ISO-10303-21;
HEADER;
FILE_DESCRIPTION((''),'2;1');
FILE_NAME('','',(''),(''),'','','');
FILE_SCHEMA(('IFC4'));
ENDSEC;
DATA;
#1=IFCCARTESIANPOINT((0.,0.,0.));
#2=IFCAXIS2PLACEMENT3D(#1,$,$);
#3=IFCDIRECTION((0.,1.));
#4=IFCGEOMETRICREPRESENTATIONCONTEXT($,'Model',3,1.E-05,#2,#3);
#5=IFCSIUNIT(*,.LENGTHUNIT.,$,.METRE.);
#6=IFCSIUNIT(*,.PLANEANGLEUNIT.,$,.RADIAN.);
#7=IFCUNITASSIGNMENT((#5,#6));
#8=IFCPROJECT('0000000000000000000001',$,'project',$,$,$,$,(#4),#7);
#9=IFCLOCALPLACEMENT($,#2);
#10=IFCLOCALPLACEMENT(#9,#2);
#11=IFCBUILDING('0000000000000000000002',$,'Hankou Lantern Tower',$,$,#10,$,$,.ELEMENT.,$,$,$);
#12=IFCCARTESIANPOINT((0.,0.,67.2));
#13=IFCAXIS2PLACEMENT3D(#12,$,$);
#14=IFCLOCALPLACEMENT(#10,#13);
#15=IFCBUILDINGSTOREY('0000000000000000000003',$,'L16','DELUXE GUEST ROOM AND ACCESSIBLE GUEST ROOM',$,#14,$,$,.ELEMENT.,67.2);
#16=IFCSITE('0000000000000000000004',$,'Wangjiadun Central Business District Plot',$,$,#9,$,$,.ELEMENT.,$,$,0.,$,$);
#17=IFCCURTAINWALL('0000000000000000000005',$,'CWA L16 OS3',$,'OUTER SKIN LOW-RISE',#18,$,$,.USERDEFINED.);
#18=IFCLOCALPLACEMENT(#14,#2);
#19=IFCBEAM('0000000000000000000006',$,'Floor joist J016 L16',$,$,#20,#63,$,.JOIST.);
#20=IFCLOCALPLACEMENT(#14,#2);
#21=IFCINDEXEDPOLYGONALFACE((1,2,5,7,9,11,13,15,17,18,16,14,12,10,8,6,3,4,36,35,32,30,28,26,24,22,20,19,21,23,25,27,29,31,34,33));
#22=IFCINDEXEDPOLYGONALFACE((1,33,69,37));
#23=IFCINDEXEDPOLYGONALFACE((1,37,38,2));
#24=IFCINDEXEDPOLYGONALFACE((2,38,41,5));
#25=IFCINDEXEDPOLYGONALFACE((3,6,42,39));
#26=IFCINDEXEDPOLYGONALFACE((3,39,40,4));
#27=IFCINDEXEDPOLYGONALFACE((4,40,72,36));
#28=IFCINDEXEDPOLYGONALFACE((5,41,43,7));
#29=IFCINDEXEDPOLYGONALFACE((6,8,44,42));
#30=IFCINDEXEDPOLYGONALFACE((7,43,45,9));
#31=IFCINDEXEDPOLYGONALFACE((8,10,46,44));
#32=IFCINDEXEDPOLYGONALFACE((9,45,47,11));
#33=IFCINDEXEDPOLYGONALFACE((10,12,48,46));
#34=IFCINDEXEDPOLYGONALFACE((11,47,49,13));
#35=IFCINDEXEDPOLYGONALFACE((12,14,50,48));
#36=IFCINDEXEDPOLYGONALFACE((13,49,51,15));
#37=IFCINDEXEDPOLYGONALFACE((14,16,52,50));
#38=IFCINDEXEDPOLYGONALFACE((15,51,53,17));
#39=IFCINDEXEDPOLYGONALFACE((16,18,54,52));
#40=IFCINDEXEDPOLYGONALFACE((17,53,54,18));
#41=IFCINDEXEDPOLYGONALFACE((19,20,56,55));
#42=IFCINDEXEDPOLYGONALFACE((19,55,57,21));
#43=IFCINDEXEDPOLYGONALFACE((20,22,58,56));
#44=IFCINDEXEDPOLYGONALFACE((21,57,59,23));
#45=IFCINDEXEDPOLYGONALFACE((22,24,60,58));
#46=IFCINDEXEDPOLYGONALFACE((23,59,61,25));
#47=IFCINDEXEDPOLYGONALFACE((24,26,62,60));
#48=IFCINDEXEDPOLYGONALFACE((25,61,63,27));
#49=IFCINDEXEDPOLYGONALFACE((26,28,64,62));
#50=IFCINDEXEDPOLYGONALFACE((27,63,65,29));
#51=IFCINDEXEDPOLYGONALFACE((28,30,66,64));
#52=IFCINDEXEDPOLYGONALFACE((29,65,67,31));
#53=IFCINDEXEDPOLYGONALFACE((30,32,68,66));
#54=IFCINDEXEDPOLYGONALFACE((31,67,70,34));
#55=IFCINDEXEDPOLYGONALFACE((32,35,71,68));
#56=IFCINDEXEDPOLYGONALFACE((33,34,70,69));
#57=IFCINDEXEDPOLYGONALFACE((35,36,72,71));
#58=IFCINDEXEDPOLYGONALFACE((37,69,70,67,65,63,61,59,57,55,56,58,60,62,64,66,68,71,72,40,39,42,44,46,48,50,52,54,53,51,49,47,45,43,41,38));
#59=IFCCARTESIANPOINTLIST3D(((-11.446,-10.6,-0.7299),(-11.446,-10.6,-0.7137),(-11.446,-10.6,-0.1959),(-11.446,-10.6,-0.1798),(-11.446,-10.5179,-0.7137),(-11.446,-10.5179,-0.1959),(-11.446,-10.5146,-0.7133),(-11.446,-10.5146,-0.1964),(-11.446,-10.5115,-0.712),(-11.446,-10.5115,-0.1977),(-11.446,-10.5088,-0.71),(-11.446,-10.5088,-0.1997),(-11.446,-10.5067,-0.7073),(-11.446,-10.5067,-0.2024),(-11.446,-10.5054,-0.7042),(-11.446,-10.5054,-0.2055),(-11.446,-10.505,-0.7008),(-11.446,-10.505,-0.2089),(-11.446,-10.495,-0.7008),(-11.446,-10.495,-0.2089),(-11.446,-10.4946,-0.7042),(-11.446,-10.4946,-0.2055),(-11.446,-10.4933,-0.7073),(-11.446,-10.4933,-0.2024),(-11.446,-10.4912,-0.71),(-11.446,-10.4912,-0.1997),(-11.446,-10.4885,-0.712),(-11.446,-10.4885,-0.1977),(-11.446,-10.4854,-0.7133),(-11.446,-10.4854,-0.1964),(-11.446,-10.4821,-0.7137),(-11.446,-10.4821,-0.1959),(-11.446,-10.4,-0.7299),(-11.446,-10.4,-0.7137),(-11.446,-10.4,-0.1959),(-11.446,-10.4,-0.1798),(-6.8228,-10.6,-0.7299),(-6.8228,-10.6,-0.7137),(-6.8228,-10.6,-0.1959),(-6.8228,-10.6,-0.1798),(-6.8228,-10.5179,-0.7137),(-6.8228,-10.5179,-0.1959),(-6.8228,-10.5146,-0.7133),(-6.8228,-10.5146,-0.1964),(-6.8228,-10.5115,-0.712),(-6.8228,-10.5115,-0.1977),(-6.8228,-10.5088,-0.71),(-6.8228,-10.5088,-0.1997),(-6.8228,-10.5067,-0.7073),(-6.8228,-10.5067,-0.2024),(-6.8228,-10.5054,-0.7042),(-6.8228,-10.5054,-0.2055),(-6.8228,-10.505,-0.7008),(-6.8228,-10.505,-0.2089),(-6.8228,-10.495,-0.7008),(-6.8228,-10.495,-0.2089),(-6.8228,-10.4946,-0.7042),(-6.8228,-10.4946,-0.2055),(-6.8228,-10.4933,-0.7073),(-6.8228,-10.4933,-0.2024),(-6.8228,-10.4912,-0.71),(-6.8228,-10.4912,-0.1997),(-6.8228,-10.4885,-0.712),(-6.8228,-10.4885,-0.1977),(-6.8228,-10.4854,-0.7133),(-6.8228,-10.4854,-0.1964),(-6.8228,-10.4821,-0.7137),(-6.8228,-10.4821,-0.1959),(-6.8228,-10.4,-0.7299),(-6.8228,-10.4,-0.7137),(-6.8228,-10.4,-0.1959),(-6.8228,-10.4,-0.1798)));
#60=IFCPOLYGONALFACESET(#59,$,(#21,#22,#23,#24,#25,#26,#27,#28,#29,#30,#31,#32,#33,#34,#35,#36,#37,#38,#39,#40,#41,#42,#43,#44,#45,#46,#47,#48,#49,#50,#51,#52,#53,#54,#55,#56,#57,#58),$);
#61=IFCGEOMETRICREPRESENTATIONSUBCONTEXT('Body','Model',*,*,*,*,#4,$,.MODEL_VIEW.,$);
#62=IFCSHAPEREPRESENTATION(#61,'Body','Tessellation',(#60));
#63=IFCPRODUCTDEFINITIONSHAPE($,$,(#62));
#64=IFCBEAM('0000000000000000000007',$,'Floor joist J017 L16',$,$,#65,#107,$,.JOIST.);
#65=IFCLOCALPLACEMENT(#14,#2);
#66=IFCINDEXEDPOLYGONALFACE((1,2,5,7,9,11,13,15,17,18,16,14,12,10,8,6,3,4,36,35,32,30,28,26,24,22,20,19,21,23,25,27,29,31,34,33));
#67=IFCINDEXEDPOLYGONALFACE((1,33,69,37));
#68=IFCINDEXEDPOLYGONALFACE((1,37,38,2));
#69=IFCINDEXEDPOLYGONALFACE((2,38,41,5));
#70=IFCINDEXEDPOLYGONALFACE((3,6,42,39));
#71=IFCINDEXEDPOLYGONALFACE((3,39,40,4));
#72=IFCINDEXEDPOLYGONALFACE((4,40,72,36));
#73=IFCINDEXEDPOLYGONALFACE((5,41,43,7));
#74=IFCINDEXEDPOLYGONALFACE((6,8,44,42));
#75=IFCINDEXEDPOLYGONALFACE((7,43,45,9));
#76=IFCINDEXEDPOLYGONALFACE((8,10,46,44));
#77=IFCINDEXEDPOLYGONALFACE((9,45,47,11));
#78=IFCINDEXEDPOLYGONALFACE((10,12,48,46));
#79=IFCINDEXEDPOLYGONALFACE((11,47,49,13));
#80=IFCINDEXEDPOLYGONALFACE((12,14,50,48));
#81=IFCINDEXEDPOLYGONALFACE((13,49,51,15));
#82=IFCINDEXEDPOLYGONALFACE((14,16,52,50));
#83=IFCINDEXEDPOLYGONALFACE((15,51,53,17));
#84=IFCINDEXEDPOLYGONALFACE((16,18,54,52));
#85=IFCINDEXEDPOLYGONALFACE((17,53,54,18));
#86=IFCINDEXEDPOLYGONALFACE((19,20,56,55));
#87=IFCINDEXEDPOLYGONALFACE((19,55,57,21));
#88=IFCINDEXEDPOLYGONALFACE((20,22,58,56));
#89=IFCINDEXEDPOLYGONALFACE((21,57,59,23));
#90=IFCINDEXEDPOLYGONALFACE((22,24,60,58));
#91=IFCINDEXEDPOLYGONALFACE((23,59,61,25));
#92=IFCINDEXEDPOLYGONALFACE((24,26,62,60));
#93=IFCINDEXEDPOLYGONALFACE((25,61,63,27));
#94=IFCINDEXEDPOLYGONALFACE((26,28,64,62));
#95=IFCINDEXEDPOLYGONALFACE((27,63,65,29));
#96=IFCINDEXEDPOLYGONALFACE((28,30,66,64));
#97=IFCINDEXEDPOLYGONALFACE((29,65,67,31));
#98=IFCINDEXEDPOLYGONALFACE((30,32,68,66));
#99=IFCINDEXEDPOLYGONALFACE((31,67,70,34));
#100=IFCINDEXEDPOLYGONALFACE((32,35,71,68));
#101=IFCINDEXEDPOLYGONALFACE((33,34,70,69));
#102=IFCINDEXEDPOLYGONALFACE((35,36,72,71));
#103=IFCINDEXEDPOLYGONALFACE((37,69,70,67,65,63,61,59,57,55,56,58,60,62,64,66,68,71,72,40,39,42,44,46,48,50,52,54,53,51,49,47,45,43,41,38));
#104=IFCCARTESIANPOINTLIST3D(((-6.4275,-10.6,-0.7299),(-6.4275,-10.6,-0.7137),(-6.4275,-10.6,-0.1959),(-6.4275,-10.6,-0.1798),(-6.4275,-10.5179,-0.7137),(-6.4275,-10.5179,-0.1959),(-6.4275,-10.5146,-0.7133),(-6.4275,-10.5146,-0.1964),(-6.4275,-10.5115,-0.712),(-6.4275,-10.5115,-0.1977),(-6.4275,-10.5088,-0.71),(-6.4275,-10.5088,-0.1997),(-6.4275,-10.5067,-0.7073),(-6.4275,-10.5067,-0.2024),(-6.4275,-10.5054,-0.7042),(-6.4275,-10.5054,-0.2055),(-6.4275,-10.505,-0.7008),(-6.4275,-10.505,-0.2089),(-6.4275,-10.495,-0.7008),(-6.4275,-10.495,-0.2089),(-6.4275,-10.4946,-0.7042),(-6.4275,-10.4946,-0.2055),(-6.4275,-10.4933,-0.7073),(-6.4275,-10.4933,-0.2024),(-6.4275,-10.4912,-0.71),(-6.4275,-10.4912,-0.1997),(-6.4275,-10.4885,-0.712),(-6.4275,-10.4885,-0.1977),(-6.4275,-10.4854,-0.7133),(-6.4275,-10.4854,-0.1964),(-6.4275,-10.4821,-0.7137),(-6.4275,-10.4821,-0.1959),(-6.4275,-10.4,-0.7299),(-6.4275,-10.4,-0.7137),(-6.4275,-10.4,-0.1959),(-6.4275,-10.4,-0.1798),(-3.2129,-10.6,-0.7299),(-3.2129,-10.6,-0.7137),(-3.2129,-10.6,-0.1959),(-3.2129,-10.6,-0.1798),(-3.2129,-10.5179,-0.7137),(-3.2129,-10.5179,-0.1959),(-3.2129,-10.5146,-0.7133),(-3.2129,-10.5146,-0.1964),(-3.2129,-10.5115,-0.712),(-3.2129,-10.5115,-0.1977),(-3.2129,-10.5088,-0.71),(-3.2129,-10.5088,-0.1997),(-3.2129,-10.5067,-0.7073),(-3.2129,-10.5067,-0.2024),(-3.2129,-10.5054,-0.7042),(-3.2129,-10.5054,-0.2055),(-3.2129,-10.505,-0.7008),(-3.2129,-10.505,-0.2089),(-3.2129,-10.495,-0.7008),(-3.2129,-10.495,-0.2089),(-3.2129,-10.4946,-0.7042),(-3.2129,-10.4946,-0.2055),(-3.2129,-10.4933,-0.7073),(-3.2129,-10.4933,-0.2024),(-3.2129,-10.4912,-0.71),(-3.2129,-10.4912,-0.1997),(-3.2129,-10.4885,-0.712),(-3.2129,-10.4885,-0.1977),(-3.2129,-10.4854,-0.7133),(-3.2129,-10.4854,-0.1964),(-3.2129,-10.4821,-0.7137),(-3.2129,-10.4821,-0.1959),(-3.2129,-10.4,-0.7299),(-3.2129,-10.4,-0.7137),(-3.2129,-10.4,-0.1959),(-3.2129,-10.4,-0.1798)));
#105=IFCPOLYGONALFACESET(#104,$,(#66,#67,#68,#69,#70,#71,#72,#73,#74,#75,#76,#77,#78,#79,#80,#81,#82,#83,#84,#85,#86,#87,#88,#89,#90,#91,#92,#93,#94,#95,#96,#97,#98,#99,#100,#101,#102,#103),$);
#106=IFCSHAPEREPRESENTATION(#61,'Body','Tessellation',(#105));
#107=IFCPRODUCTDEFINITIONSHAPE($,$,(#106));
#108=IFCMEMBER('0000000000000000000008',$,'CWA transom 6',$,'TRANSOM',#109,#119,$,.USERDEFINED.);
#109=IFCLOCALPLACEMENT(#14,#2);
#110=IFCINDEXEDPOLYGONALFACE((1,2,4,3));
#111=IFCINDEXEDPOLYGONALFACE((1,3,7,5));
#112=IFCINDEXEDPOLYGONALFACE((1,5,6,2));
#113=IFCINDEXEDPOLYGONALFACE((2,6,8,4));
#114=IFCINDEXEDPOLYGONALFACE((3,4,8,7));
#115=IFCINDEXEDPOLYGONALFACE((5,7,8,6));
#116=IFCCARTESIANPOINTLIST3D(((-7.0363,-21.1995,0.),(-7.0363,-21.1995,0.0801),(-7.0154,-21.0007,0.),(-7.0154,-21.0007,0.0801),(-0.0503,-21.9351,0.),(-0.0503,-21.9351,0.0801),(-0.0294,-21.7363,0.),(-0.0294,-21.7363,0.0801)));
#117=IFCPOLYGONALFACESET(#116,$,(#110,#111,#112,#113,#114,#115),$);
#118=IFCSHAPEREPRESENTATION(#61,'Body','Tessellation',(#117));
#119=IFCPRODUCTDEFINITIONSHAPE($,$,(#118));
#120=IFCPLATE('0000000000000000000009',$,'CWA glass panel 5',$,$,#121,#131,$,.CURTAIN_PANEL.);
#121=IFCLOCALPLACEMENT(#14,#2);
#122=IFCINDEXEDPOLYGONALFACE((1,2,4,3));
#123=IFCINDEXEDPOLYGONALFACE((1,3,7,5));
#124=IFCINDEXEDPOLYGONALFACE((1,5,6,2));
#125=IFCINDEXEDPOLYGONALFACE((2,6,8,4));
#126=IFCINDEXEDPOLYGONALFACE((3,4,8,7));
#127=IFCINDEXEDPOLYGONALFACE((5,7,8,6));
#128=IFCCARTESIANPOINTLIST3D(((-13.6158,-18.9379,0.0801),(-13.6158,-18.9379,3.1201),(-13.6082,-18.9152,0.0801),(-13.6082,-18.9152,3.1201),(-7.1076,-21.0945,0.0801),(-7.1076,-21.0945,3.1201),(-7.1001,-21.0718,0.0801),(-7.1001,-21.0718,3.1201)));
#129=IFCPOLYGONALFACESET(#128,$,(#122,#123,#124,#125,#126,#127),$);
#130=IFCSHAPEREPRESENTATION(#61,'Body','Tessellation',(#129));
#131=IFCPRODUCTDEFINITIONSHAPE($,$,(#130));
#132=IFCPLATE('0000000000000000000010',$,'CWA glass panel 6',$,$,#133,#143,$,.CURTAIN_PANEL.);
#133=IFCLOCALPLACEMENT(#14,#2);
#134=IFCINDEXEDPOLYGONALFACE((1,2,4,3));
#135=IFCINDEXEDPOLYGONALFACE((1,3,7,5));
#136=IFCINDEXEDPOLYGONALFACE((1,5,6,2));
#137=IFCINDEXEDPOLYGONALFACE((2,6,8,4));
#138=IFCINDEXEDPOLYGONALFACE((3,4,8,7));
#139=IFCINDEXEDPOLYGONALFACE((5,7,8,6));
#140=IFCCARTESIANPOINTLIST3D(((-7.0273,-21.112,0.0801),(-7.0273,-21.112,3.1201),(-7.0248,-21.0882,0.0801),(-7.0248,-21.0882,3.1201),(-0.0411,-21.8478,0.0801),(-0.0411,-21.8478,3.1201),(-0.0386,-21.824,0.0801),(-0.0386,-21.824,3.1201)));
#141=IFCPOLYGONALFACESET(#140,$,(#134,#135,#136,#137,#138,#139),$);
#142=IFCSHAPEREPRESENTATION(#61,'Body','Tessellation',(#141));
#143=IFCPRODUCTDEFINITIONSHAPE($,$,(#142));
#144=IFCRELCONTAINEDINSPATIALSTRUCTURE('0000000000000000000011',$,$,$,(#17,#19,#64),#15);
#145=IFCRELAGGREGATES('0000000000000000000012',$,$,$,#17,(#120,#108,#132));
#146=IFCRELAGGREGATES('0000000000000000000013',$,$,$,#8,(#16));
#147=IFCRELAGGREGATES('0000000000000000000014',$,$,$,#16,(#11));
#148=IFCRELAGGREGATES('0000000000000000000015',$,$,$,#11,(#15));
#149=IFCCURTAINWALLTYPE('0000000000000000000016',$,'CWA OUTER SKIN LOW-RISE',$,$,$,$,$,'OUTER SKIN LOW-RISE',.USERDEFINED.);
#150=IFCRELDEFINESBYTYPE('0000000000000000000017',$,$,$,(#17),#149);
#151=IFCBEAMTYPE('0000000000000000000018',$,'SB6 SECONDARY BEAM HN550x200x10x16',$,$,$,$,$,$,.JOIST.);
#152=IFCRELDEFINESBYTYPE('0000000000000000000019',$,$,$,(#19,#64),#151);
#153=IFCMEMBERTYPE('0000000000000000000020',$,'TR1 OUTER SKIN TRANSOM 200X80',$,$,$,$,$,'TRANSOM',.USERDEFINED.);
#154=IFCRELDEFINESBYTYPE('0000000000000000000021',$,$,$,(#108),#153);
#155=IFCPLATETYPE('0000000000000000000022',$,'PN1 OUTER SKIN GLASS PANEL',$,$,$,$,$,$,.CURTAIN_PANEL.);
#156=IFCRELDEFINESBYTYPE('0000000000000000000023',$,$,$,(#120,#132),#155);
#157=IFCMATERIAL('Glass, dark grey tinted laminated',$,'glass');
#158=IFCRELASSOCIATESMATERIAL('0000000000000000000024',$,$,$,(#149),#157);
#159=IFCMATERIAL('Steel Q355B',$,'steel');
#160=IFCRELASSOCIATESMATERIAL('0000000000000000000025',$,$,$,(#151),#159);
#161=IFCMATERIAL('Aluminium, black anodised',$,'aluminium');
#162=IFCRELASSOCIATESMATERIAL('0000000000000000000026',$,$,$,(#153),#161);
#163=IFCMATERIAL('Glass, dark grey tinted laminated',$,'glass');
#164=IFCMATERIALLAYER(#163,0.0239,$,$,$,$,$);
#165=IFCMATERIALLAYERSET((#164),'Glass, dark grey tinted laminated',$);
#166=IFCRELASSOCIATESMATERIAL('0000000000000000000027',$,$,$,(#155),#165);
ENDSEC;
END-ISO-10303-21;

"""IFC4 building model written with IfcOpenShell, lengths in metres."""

from ifc_helpers import new_model, si_unit, direction, frame, origin, origin_2d, place, context, subcontext, project, spatial, rectangle, i_section, extrude, material, layer, layer_set, material_profile, profile_set, type_object, element, aggregate, save


model = new_model("IFC4")

# Units and contexts
model_context = context("Model", 3, precision=1e-05, world=origin(), true_north=direction((0.0, 1.0)))
body_context = subcontext(model_context, "Body", "Model", "MODEL_VIEW")
ifc_project = project(units=[si_unit("LENGTHUNIT", "METRE"), si_unit("PLANEANGLEUNIT", "RADIAN")], contexts=[model_context])

# Site, building, storey
site_placement = place(None, origin())
site = spatial("IfcSite", under=ifc_project, at=site_placement, Name="Wangjiadun Central Business District Plot", CompositionType="ELEMENT", RefElevation=0.0)
building_placement = place(site_placement, origin())
building = spatial("IfcBuilding", under=site, at=building_placement, Name="Hankou Lantern Tower", CompositionType="ELEMENT")
storey_placement = place(building_placement, frame((0.0, 0.0, 67.2)))
storey = spatial("IfcBuildingStorey", under=building, at=storey_placement, Name="L16", Description="DELUXE GUEST ROOM AND ACCESSIBLE GUEST ROOM", CompositionType="ELEMENT", Elevation=67.2)

# Curtain wall
ifc_material_1 = material(Name="Glass, dark grey tinted laminated", Category="glass")
curtain_wall_type = type_object("IfcCurtainWallType", Name="CWA OUTER SKIN LOW-RISE", ElementType="OUTER SKIN LOW-RISE", PredefinedType="USERDEFINED", material=ifc_material_1)
curtain_wall_placement = place(storey_placement, origin())
curtain_wall = element("IfcCurtainWall", 1, at=curtain_wall_placement, inside=storey, type_object=curtain_wall_type, Name="CWA L16 OS3", ObjectType="OUTER SKIN LOW-RISE", PredefinedType="USERDEFINED")

# Beams
ifc_material_2 = material(Name="Steel Q355B", Category="steel")
ifc_material_profile_1 = material_profile(ifc_material_2, i_section(OverallWidth=0.2, OverallDepth=0.55, WebThickness=0.01, FlangeThickness=0.0161, FilletRadius=0.0129, at=origin_2d()), Name="HN550x200x10x16")
ifc_profile_set_1 = profile_set([ifc_material_profile_1], Name="Steel Q355B")
beam_type_1 = type_object("IfcBeamType", Name="SB6 SECONDARY BEAM HN550x200x10x16", PredefinedType="JOIST", material=ifc_profile_set_1)
beam_1_placement = place(storey_placement, frame((-11.446, -10.5, -0.4548), z_axis=(1.0, 0.0, 0.0), x_axis=(0.0, 1.0, 0.0)))
element("IfcBeam", 2, at=beam_1_placement, inside=storey, type_object=beam_type_1, Name="Floor joist J016 L16", PredefinedType="JOIST", context=body_context, shape_type="SweptSolid", body=[
    extrude(i_section(OverallWidth=0.2, OverallDepth=0.55, WebThickness=0.01, FlangeThickness=0.0161, FilletRadius=0.0129, at=origin_2d()), origin(), (0.0, 0.0, 1.0), 4.6233),
])
beam_2_placement = place(storey_placement, frame((-6.4275, -10.5, -0.4548), z_axis=(1.0, 0.0, 0.0), x_axis=(0.0, 1.0, 0.0)))
element("IfcBeam", 3, at=beam_2_placement, inside=storey, type_object=beam_type_1, Name="Floor joist J017 L16", PredefinedType="JOIST", context=body_context, shape_type="SweptSolid", body=[
    extrude(i_section(OverallWidth=0.2, OverallDepth=0.55, WebThickness=0.01, FlangeThickness=0.0161, FilletRadius=0.0129, at=origin_2d()), origin(), (0.0, 0.0, 1.0), 3.2146),
])

# Member
ifc_material_3 = material(Name="Aluminium, black anodised", Category="aluminium")
ifc_material_profile_2 = material_profile(ifc_material_3, rectangle(XDim=0.2, YDim=0.0801, at=origin_2d()), Name="TR1 200X80")
ifc_profile_set_2 = profile_set([ifc_material_profile_2], Name="Aluminium, black anodised")
member_type_1 = type_object("IfcMemberType", Name="TR1 OUTER SKIN TRANSOM 200X80", ElementType="TRANSOM", PredefinedType="USERDEFINED", material=ifc_profile_set_2)
member_1_placement = place(storey_placement, frame((-7.0259, -21.1001, 0.04), z_axis=(0.994502, -0.104716, 0.0), x_axis=(0.104716, 0.994502, 0.0)))
member_1 = element("IfcMember", 4, at=member_1_placement, type_object=member_type_1, Name="CWA transom 6", ObjectType="TRANSOM", PredefinedType="USERDEFINED", context=body_context, shape_type="SweptSolid", body=[
    extrude(rectangle(XDim=0.2, YDim=0.0801, at=origin_2d()), origin(), (0.0, 0.0, 1.0), 7.0247),
])

# Plates
ifc_material_4 = material(Name="Glass, dark grey tinted laminated", Category="glass")
ifc_layer_1 = layer(ifc_material_4, 0.0239)
ifc_layer_set_1 = layer_set([ifc_layer_1], Name="Glass, dark grey tinted laminated")
plate_type = type_object("IfcPlateType", Name="PN1 OUTER SKIN GLASS PANEL", PredefinedType="CURTAIN_PANEL", material=ifc_layer_set_1)
plate_1_placement = place(storey_placement, frame((-10.3579, -20.0049, 0.0801), z_axis=(0.0, 0.0, 1.0), x_axis=(0.949241, -0.314551, 0.0)))
plate_1 = element("IfcPlate", 5, at=plate_1_placement, type_object=plate_type, Name="CWA glass panel 5", PredefinedType="CURTAIN_PANEL", context=body_context, shape_type="SweptSolid", body=[
    extrude(rectangle(XDim=6.8562, YDim=0.0239, at=origin_2d()), origin(), (0.0, 0.0, 1.0), 3.04),
])
plate_2_placement = place(storey_placement, frame((-3.533, -21.468, 0.0801), z_axis=(0.0, 0.0, 1.0), x_axis=(0.994499, -0.104743, 0.0)))
plate_2 = element("IfcPlate", 6, at=plate_2_placement, type_object=plate_type, Name="CWA glass panel 6", PredefinedType="CURTAIN_PANEL", context=body_context, shape_type="SweptSolid", body=[
    extrude(rectangle(XDim=7.0249, YDim=0.0239, at=origin_2d()), origin(), (0.0, 0.0, 1.0), 3.04),
])
aggregate(curtain_wall, [plate_1, member_1, plate_2])

save(model, "model.ifc")
